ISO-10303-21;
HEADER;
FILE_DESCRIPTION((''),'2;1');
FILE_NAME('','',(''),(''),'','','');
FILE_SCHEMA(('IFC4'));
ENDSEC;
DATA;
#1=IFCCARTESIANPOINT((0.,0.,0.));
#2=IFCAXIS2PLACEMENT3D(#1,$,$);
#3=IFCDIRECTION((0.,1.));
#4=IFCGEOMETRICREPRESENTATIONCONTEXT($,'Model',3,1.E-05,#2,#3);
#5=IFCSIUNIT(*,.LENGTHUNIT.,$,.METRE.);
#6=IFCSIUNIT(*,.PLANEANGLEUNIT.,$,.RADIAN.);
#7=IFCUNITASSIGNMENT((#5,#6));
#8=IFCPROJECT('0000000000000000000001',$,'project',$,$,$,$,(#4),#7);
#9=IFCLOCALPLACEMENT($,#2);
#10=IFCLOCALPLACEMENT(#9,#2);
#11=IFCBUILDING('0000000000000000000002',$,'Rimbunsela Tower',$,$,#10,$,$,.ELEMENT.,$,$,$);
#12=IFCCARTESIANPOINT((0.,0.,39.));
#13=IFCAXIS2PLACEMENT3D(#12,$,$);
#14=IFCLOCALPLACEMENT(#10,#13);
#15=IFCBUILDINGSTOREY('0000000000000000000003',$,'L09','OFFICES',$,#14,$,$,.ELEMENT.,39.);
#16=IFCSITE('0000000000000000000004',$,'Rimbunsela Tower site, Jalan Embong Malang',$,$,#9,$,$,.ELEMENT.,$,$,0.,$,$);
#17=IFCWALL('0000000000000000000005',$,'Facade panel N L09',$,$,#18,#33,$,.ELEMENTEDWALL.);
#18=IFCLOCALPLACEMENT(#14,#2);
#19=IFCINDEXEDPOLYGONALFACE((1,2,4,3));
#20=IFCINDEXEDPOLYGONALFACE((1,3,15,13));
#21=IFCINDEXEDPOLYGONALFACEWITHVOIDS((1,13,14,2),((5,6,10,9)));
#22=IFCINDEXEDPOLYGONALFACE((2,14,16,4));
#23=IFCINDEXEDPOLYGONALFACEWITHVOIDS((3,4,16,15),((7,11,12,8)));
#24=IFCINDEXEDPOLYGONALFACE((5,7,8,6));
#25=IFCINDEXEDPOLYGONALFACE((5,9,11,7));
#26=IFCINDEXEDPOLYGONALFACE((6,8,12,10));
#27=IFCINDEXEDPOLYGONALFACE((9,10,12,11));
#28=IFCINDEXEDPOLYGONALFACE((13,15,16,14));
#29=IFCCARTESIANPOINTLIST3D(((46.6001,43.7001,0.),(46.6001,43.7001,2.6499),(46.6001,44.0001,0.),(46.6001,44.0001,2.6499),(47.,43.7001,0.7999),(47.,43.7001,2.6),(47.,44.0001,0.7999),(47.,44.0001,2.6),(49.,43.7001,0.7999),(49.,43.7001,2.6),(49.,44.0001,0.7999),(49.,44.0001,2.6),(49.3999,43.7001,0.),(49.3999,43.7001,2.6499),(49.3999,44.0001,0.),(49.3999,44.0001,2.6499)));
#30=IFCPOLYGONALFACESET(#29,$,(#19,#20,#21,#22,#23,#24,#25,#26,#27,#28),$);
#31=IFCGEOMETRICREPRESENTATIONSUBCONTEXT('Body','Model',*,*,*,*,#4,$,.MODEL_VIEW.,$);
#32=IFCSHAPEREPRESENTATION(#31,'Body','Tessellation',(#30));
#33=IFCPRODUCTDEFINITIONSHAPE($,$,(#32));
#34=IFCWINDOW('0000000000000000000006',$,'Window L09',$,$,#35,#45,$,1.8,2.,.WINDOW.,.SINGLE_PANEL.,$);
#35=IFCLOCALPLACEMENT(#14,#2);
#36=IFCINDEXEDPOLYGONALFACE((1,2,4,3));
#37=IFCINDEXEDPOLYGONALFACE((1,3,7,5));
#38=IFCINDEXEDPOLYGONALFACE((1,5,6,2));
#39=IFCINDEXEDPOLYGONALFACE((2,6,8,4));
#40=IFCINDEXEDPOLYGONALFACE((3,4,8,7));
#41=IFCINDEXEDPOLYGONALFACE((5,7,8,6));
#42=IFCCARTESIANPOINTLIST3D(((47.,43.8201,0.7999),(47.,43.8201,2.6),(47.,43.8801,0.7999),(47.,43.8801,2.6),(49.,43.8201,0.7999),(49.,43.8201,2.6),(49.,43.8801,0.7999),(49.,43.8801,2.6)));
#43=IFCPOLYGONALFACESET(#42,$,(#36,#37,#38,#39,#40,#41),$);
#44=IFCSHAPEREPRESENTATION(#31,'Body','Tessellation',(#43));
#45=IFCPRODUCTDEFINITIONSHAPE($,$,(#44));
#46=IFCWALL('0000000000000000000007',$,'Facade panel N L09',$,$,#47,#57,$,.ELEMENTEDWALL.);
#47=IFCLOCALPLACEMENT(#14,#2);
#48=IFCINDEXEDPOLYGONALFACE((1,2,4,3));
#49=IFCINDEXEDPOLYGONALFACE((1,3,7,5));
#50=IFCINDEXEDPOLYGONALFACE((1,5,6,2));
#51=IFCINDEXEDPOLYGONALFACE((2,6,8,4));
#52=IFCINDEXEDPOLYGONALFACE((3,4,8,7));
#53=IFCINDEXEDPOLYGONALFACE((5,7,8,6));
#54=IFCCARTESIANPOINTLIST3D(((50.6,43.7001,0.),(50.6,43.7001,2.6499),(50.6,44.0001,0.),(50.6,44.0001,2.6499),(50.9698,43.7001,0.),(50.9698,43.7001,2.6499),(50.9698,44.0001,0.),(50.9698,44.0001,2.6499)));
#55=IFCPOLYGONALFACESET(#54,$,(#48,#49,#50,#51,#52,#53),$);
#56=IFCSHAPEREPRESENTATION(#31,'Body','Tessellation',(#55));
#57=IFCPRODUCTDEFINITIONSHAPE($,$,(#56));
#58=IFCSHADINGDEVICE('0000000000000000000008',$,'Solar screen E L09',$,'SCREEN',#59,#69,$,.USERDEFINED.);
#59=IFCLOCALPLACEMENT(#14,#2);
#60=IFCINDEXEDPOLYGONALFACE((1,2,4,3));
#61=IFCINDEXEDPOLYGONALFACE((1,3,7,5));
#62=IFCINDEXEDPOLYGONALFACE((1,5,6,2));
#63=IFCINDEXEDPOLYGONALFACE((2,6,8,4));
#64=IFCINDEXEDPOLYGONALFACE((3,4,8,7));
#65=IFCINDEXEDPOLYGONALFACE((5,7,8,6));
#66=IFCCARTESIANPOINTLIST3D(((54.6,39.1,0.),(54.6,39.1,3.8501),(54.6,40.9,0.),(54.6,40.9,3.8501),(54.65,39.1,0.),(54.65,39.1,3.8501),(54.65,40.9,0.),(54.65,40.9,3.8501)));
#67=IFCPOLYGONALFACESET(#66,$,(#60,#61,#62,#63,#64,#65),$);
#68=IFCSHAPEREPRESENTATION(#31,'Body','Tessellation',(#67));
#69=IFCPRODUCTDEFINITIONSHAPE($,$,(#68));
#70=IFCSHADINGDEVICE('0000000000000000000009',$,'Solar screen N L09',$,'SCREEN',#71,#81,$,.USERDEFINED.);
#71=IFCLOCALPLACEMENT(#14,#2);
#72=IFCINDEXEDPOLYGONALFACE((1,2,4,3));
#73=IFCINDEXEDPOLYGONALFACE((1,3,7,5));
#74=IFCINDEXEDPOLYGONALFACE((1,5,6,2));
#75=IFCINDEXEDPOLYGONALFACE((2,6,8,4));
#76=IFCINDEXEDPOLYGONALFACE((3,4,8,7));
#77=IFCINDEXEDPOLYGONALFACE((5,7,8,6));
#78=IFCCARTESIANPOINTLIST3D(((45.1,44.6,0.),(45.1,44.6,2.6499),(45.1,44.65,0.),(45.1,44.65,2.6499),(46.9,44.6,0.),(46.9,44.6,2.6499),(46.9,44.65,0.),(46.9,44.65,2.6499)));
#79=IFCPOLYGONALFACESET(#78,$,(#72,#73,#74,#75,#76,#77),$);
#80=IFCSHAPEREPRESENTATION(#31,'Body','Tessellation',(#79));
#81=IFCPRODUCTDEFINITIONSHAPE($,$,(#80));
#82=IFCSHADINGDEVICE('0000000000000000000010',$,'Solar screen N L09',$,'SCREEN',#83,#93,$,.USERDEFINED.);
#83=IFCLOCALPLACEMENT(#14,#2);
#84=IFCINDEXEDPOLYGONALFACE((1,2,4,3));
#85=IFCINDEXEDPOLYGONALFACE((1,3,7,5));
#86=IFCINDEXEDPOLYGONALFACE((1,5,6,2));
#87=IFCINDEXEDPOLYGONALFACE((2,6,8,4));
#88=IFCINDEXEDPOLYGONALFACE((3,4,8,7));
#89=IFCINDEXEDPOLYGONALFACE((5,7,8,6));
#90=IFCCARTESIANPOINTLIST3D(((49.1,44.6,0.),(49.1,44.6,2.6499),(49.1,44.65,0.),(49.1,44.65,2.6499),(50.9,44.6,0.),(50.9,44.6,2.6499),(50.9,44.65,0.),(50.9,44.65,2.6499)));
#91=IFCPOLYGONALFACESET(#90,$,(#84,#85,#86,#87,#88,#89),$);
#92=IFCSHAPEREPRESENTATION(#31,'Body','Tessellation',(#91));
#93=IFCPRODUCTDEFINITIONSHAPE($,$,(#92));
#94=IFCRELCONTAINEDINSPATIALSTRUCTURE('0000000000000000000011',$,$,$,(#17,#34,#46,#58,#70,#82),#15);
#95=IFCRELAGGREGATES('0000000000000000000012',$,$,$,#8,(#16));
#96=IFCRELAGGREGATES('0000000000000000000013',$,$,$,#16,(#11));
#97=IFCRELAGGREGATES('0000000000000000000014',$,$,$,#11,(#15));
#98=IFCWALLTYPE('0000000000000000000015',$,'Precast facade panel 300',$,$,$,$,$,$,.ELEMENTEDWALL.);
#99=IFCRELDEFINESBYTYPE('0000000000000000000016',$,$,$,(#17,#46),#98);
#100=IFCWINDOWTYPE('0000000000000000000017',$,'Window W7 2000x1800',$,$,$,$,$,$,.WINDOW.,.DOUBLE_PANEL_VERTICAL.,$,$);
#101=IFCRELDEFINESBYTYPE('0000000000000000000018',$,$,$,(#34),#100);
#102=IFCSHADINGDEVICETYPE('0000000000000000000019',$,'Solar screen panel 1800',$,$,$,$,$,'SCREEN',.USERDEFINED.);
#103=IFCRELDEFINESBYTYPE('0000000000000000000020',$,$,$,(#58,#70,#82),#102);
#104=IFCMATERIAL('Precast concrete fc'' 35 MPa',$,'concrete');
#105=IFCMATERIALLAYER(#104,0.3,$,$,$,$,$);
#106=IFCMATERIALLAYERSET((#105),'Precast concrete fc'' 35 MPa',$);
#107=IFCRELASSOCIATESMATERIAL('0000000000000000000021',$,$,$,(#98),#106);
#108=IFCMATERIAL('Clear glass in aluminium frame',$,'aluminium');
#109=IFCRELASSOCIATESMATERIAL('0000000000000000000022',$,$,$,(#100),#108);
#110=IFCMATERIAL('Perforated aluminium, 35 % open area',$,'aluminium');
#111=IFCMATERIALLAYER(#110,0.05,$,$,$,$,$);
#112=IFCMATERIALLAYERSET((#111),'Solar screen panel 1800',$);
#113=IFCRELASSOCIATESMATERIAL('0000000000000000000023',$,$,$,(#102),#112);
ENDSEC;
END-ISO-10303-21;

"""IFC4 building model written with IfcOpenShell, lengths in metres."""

from ifc_helpers import new_model, si_unit, direction, frame, frame_2d, origin, origin_2d, place, context, subcontext, project, spatial, rectangle, extrude, material, layer, layer_set, type_object, element, fill, save


model = new_model("IFC4")

# Units and contexts
model_context = context("Model", 3, precision=1e-05, world=origin(), true_north=direction((0.0, 1.0)))
body_context = subcontext(model_context, "Body", "Model", "MODEL_VIEW")
ifc_project = project(units=[si_unit("LENGTHUNIT", "METRE"), si_unit("PLANEANGLEUNIT", "RADIAN")], contexts=[model_context])

# Site, building, storey
site_placement = place(None, origin())
site = spatial("IfcSite", under=ifc_project, at=site_placement, Name="Rimbunsela Tower site, Jalan Embong Malang", CompositionType="ELEMENT", RefElevation=0.0)
building_placement = place(site_placement, origin())
building = spatial("IfcBuilding", under=site, at=building_placement, Name="Rimbunsela Tower", CompositionType="ELEMENT")
storey_placement = place(building_placement, frame((0.0, 0.0, 39.0)))
storey = spatial("IfcBuildingStorey", under=building, at=storey_placement, Name="L09", Description="OFFICES", CompositionType="ELEMENT", Elevation=39.0)

# Shared definitions
ifc_material_1 = material(Name="Precast concrete fc' 35 MPa", Category="concrete")
ifc_layer_1 = layer(ifc_material_1, 0.3)
ifc_layer_set_1 = layer_set([ifc_layer_1], Name="Precast concrete fc' 35 MPa")
wall_type = type_object("IfcWallType", Name="Precast facade panel 300", PredefinedType="ELEMENTEDWALL", material=ifc_layer_set_1)

# Wall, opening, window
wall_1_placement = place(storey_placement, frame((49.3999, 43.8501, 0.0), z_axis=(0.0, 0.0, 1.0), x_axis=(-1.0, 0.0, 0.0)))
wall_1 = element("IfcWall", 1, at=wall_1_placement, inside=storey, type_object=wall_type, Name="Facade panel N L09", PredefinedType="ELEMENTEDWALL", context=body_context, shape_type="SweptSolid", body=[
    extrude(rectangle(XDim=2.7998, YDim=0.3, at=frame_2d((1.3999, 0.0))), origin(), (0.0, 0.0, 1.0), 2.6499),
])
opening_placement = place(wall_1_placement, frame((0.3999, 0.0, 0.8)))
opening = element("IfcOpeningElement", 2, at=opening_placement, cuts=wall_1, PredefinedType="OPENING", context=body_context, shape_type="SweptSolid", body=[
    extrude(rectangle(XDim=2.0, YDim=1.8, at=frame_2d((1.0, 0.8999))), frame((0.0, 0.1599, 0.0), z_axis=(0.0, -1.0, 0.0), x_axis=(1.0, 0.0, 0.0)), (0.0, 0.0, 1.0), 0.3201),
])
ifc_material_2 = material(Name="Clear glass in aluminium frame", Category="aluminium")
window_type = type_object("IfcWindowType", Name="Window W7 2000x1800", PartitioningType="DOUBLE_PANEL_VERTICAL", PredefinedType="WINDOW", material=ifc_material_2)
window_placement = place(opening_placement, origin())
window = element("IfcWindow", 3, at=window_placement, inside=storey, type_object=window_type, Name="Window L09", OverallHeight=1.8, OverallWidth=2.0, PartitioningType="SINGLE_PANEL", PredefinedType="WINDOW", context=body_context, shape_type="SweptSolid", body=[
    extrude(rectangle(XDim=2.0, YDim=1.8, at=frame_2d((1.0, 0.8999))), frame((0.0, 0.03, 0.0), z_axis=(0.0, -1.0, 0.0), x_axis=(1.0, 0.0, 0.0)), (0.0, 0.0, 1.0), 0.0601),
])
fill(opening, window)

# Wall
wall_2_placement = place(storey_placement, frame((50.97, 43.8501, 0.0), z_axis=(0.0, 0.0, 1.0), x_axis=(-1.0, 0.0, 0.0)))
element("IfcWall", 4, at=wall_2_placement, inside=storey, type_object=wall_type, Name="Facade panel N L09", PredefinedType="ELEMENTEDWALL", context=body_context, shape_type="SweptSolid", body=[
    extrude(rectangle(XDim=0.3699, YDim=0.3, at=frame_2d((0.1851, 0.0))), origin(), (0.0, 0.0, 1.0), 2.6499),
])

# Shading devices
ifc_material_3 = material(Name="Perforated aluminium, 35 % open area", Category="aluminium")
ifc_layer_2 = layer(ifc_material_3, 0.05)
ifc_layer_set_2 = layer_set([ifc_layer_2], Name="Solar screen panel 1800")
shading_device_type = type_object("IfcShadingDeviceType", Name="Solar screen panel 1800", ElementType="SCREEN", PredefinedType="USERDEFINED", material=ifc_layer_set_2)
shading_device_placement = place(storey_placement, frame((54.625, 40.0, 0.0), z_axis=(0.0, 0.0, 1.0), x_axis=(0.0, 1.0, 0.0)))
element("IfcShadingDevice", 5, at=shading_device_placement, inside=storey, type_object=shading_device_type, Name="Solar screen E L09", ObjectType="SCREEN", PredefinedType="USERDEFINED", context=body_context, shape_type="SweptSolid", body=[
    extrude(rectangle(XDim=1.8, YDim=0.05, at=origin_2d()), origin(), (0.0, 0.0, 1.0), 3.8501),
])
for number, where, z_axis, x_axis, name in (
    (6, (46.0, 44.625, 0.0), (0.0, 0.0, 1.0), (1.0, 0.0, 0.0), "Solar screen N L09"),
    (7, (50.0, 44.625, 0.0), (0.0, 0.0, 1.0), (1.0, 0.0, 0.0), "Solar screen N L09"),
):
    element("IfcShadingDevice", number, at=place(storey_placement, frame(where, z_axis=z_axis, x_axis=x_axis)), inside=storey, type_object=shading_device_type, Name=name, ObjectType="SCREEN", PredefinedType="USERDEFINED", context=body_context, shape_type="SweptSolid", body=[
        extrude(rectangle(XDim=1.8, YDim=0.05, at=origin_2d()), origin(), (0.0, 0.0, 1.0), 2.6499),
    ])

save(model, "model.ifc")
